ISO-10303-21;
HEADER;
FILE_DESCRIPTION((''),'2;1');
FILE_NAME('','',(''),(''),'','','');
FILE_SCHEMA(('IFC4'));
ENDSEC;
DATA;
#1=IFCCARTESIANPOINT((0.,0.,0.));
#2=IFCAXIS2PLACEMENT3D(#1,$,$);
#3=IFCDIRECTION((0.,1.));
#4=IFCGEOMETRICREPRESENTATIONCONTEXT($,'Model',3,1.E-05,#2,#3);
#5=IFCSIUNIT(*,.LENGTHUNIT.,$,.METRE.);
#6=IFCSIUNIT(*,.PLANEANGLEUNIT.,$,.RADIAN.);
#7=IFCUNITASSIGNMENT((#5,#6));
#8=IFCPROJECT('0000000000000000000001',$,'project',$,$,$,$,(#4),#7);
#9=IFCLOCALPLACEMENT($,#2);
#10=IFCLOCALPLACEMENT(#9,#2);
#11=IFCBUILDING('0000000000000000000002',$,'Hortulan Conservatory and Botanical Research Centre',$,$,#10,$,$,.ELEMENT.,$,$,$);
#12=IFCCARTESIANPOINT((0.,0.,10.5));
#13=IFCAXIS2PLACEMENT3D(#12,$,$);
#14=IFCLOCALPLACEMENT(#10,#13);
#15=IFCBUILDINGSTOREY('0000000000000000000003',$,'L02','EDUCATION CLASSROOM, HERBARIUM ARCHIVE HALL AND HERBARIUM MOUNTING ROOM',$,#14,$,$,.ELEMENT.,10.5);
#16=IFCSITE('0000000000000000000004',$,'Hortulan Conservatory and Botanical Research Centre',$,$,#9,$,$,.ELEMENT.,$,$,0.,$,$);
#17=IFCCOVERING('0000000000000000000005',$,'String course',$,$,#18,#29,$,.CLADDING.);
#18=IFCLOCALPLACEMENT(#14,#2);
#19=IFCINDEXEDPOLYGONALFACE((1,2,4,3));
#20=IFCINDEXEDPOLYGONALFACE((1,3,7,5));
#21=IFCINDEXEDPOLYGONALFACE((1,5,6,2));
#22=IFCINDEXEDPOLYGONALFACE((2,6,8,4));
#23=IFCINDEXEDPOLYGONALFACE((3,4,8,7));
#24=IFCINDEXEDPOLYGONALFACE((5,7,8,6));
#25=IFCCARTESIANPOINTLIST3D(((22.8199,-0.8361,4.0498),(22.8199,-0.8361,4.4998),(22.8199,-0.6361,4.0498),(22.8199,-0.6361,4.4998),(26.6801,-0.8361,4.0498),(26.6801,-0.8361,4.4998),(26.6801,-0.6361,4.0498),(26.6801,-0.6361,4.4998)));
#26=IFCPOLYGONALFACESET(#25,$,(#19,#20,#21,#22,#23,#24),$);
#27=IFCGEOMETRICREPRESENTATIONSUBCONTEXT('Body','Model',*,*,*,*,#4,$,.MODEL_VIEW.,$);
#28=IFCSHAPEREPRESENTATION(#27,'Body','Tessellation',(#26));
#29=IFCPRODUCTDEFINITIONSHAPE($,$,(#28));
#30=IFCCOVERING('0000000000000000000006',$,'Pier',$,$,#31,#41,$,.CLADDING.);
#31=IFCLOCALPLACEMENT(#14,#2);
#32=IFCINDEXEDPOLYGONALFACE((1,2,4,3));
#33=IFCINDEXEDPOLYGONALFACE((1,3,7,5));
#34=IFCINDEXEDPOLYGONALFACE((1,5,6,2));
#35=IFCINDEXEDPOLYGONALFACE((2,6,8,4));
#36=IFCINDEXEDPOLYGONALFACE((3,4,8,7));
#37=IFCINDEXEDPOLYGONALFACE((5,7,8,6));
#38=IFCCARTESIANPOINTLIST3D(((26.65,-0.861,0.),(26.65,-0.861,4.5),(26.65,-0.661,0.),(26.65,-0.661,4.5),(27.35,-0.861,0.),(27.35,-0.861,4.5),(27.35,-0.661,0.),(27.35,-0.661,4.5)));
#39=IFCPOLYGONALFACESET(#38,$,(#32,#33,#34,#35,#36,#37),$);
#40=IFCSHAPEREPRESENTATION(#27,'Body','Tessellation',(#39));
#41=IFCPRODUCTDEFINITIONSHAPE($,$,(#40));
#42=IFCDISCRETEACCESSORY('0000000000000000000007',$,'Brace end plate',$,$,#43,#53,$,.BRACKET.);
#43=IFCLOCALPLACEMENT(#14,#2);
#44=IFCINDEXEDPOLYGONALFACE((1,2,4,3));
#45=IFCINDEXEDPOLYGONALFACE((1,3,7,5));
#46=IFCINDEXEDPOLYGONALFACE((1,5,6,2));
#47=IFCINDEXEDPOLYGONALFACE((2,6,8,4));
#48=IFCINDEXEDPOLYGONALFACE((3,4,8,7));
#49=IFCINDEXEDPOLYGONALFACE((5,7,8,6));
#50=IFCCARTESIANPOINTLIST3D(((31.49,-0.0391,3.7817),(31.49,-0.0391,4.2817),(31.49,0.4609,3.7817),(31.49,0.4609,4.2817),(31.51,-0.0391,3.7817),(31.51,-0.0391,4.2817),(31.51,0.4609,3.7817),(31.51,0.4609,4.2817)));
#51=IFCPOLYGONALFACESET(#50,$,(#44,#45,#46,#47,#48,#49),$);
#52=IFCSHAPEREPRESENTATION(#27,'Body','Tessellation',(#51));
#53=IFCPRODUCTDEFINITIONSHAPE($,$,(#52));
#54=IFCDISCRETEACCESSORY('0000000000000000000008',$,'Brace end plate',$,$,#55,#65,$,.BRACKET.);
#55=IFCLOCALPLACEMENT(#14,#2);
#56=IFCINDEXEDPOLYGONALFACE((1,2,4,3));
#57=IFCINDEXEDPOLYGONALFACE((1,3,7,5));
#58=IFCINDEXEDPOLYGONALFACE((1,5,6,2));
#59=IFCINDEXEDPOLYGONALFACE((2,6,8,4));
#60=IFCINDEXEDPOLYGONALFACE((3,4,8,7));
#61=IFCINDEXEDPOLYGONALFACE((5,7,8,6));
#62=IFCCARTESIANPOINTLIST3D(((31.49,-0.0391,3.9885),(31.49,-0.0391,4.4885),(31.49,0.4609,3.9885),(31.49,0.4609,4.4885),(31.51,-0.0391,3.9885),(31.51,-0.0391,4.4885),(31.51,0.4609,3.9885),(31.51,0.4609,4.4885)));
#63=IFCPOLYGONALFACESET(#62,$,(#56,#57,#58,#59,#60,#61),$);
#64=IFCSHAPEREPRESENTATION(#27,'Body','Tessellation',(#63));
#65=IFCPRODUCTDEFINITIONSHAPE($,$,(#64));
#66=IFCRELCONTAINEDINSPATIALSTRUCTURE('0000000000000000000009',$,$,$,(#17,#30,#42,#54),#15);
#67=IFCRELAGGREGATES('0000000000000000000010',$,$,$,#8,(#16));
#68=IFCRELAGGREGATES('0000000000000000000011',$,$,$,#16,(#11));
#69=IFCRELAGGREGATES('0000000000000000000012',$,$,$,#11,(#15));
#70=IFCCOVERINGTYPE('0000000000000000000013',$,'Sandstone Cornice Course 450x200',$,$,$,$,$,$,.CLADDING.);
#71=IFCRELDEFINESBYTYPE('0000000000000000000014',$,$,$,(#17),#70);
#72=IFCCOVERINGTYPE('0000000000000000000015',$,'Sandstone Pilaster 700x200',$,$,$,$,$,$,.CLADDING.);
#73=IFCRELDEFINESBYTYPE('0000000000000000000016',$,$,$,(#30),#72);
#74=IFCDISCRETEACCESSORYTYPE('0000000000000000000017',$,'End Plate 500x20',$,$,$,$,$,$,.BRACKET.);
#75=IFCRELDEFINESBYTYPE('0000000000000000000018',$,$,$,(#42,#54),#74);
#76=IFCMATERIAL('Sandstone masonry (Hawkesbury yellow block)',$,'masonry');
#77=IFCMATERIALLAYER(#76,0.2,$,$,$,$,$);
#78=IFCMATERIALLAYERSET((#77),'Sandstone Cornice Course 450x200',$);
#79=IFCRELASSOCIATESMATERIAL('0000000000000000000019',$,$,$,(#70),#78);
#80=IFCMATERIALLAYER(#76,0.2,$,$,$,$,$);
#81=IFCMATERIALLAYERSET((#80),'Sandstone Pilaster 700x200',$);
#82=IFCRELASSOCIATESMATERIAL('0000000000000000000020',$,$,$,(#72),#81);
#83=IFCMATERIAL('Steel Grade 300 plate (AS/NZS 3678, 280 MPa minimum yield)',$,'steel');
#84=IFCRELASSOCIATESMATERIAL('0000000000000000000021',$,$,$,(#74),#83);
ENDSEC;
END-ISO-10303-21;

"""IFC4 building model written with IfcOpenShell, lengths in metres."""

from ifc_helpers import new_model, si_unit, direction, frame, origin, origin_2d, place, context, subcontext, project, spatial, rectangle, extrude, material, layer, layer_set, type_object, element, save


model = new_model("IFC4")

# Units and contexts
model_context = context("Model", 3, precision=1e-05, world=origin(), true_north=direction((0.0, 1.0)))
body_context = subcontext(model_context, "Body", "Model", "MODEL_VIEW")
ifc_project = project(units=[si_unit("LENGTHUNIT", "METRE"), si_unit("PLANEANGLEUNIT", "RADIAN")], contexts=[model_context])

# Site, building, storey
site_placement = place(None, origin())
site = spatial("IfcSite", under=ifc_project, at=site_placement, Name="Hortulan Conservatory and Botanical Research Centre", CompositionType="ELEMENT", RefElevation=0.0)
building_placement = place(site_placement, origin())
building = spatial("IfcBuilding", under=site, at=building_placement, Name="Hortulan Conservatory and Botanical Research Centre", CompositionType="ELEMENT")
storey_placement = place(building_placement, frame((0.0, 0.0, 10.5)))
storey = spatial("IfcBuildingStorey", under=building, at=storey_placement, Name="L02", Description="EDUCATION CLASSROOM, HERBARIUM ARCHIVE HALL AND HERBARIUM MOUNTING ROOM", CompositionType="ELEMENT", Elevation=10.5)

# Coverings
ifc_material_1 = material(Name="Sandstone masonry (Hawkesbury yellow block)", Category="masonry")
ifc_layer_1 = layer(ifc_material_1, 0.2)
ifc_layer_set_1 = layer_set([ifc_layer_1], Name="Sandstone Cornice Course 450x200")
covering_type_1 = type_object("IfcCoveringType", Name="Sandstone Cornice Course 450x200", PredefinedType="CLADDING", material=ifc_layer_set_1)
covering_1_placement = place(storey_placement, frame((24.75, -0.7361, 4.0498), z_axis=(0.0, 0.0, 1.0), x_axis=(-1.0, 0.0, 0.0)))
element("IfcCovering", 1, at=covering_1_placement, inside=storey, type_object=covering_type_1, Name="String course", PredefinedType="CLADDING", context=body_context, shape_type="SweptSolid", body=[
    extrude(rectangle(XDim=3.8601, YDim=0.2, at=origin_2d()), origin(), (0.0, 0.0, 1.0), 0.45),
])
ifc_layer_2 = layer(ifc_material_1, 0.2)
ifc_layer_set_2 = layer_set([ifc_layer_2], Name="Sandstone Pilaster 700x200")
covering_type_2 = type_object("IfcCoveringType", Name="Sandstone Pilaster 700x200", PredefinedType="CLADDING", material=ifc_layer_set_2)
covering_2_placement = place(storey_placement, frame((27.0, -0.761, 0.0), z_axis=(0.0, 0.0, 1.0), x_axis=(-1.0, 0.0, 0.0)))
element("IfcCovering", 2, at=covering_2_placement, inside=storey, type_object=covering_type_2, Name="Pier", PredefinedType="CLADDING", context=body_context, shape_type="SweptSolid", body=[
    extrude(rectangle(XDim=0.7, YDim=0.2, at=origin_2d()), origin(), (0.0, 0.0, 1.0), 4.5),
])

# Discrete accessories
ifc_material_2 = material(Name="Steel Grade 300 plate (AS/NZS 3678, 280 MPa minimum yield)", Category="steel")
discrete_accessory_type = type_object("IfcDiscreteAccessoryType", Name="End Plate 500x20", PredefinedType="BRACKET", material=ifc_material_2)
for number, where, z_axis, x_axis, name in (
    (3, (31.5, 0.2109, 3.7817), (0.0, 0.0, 1.0), (0.0, -1.0, 0.0), "Brace end plate"),
    (4, (31.5, 0.2109, 3.9885), (0.0, 0.0, 1.0), (0.0, -1.0, 0.0), "Brace end plate"),
):
    element("IfcDiscreteAccessory", number, at=place(storey_placement, frame(where, z_axis=z_axis, x_axis=x_axis)), inside=storey, type_object=discrete_accessory_type, Name=name, PredefinedType="BRACKET", context=body_context, shape_type="SweptSolid", body=[
        extrude(rectangle(XDim=0.5, YDim=0.02, at=origin_2d()), origin(), (0.0, 0.0, 1.0), 0.5),
    ])

save(model, "model.ifc")
